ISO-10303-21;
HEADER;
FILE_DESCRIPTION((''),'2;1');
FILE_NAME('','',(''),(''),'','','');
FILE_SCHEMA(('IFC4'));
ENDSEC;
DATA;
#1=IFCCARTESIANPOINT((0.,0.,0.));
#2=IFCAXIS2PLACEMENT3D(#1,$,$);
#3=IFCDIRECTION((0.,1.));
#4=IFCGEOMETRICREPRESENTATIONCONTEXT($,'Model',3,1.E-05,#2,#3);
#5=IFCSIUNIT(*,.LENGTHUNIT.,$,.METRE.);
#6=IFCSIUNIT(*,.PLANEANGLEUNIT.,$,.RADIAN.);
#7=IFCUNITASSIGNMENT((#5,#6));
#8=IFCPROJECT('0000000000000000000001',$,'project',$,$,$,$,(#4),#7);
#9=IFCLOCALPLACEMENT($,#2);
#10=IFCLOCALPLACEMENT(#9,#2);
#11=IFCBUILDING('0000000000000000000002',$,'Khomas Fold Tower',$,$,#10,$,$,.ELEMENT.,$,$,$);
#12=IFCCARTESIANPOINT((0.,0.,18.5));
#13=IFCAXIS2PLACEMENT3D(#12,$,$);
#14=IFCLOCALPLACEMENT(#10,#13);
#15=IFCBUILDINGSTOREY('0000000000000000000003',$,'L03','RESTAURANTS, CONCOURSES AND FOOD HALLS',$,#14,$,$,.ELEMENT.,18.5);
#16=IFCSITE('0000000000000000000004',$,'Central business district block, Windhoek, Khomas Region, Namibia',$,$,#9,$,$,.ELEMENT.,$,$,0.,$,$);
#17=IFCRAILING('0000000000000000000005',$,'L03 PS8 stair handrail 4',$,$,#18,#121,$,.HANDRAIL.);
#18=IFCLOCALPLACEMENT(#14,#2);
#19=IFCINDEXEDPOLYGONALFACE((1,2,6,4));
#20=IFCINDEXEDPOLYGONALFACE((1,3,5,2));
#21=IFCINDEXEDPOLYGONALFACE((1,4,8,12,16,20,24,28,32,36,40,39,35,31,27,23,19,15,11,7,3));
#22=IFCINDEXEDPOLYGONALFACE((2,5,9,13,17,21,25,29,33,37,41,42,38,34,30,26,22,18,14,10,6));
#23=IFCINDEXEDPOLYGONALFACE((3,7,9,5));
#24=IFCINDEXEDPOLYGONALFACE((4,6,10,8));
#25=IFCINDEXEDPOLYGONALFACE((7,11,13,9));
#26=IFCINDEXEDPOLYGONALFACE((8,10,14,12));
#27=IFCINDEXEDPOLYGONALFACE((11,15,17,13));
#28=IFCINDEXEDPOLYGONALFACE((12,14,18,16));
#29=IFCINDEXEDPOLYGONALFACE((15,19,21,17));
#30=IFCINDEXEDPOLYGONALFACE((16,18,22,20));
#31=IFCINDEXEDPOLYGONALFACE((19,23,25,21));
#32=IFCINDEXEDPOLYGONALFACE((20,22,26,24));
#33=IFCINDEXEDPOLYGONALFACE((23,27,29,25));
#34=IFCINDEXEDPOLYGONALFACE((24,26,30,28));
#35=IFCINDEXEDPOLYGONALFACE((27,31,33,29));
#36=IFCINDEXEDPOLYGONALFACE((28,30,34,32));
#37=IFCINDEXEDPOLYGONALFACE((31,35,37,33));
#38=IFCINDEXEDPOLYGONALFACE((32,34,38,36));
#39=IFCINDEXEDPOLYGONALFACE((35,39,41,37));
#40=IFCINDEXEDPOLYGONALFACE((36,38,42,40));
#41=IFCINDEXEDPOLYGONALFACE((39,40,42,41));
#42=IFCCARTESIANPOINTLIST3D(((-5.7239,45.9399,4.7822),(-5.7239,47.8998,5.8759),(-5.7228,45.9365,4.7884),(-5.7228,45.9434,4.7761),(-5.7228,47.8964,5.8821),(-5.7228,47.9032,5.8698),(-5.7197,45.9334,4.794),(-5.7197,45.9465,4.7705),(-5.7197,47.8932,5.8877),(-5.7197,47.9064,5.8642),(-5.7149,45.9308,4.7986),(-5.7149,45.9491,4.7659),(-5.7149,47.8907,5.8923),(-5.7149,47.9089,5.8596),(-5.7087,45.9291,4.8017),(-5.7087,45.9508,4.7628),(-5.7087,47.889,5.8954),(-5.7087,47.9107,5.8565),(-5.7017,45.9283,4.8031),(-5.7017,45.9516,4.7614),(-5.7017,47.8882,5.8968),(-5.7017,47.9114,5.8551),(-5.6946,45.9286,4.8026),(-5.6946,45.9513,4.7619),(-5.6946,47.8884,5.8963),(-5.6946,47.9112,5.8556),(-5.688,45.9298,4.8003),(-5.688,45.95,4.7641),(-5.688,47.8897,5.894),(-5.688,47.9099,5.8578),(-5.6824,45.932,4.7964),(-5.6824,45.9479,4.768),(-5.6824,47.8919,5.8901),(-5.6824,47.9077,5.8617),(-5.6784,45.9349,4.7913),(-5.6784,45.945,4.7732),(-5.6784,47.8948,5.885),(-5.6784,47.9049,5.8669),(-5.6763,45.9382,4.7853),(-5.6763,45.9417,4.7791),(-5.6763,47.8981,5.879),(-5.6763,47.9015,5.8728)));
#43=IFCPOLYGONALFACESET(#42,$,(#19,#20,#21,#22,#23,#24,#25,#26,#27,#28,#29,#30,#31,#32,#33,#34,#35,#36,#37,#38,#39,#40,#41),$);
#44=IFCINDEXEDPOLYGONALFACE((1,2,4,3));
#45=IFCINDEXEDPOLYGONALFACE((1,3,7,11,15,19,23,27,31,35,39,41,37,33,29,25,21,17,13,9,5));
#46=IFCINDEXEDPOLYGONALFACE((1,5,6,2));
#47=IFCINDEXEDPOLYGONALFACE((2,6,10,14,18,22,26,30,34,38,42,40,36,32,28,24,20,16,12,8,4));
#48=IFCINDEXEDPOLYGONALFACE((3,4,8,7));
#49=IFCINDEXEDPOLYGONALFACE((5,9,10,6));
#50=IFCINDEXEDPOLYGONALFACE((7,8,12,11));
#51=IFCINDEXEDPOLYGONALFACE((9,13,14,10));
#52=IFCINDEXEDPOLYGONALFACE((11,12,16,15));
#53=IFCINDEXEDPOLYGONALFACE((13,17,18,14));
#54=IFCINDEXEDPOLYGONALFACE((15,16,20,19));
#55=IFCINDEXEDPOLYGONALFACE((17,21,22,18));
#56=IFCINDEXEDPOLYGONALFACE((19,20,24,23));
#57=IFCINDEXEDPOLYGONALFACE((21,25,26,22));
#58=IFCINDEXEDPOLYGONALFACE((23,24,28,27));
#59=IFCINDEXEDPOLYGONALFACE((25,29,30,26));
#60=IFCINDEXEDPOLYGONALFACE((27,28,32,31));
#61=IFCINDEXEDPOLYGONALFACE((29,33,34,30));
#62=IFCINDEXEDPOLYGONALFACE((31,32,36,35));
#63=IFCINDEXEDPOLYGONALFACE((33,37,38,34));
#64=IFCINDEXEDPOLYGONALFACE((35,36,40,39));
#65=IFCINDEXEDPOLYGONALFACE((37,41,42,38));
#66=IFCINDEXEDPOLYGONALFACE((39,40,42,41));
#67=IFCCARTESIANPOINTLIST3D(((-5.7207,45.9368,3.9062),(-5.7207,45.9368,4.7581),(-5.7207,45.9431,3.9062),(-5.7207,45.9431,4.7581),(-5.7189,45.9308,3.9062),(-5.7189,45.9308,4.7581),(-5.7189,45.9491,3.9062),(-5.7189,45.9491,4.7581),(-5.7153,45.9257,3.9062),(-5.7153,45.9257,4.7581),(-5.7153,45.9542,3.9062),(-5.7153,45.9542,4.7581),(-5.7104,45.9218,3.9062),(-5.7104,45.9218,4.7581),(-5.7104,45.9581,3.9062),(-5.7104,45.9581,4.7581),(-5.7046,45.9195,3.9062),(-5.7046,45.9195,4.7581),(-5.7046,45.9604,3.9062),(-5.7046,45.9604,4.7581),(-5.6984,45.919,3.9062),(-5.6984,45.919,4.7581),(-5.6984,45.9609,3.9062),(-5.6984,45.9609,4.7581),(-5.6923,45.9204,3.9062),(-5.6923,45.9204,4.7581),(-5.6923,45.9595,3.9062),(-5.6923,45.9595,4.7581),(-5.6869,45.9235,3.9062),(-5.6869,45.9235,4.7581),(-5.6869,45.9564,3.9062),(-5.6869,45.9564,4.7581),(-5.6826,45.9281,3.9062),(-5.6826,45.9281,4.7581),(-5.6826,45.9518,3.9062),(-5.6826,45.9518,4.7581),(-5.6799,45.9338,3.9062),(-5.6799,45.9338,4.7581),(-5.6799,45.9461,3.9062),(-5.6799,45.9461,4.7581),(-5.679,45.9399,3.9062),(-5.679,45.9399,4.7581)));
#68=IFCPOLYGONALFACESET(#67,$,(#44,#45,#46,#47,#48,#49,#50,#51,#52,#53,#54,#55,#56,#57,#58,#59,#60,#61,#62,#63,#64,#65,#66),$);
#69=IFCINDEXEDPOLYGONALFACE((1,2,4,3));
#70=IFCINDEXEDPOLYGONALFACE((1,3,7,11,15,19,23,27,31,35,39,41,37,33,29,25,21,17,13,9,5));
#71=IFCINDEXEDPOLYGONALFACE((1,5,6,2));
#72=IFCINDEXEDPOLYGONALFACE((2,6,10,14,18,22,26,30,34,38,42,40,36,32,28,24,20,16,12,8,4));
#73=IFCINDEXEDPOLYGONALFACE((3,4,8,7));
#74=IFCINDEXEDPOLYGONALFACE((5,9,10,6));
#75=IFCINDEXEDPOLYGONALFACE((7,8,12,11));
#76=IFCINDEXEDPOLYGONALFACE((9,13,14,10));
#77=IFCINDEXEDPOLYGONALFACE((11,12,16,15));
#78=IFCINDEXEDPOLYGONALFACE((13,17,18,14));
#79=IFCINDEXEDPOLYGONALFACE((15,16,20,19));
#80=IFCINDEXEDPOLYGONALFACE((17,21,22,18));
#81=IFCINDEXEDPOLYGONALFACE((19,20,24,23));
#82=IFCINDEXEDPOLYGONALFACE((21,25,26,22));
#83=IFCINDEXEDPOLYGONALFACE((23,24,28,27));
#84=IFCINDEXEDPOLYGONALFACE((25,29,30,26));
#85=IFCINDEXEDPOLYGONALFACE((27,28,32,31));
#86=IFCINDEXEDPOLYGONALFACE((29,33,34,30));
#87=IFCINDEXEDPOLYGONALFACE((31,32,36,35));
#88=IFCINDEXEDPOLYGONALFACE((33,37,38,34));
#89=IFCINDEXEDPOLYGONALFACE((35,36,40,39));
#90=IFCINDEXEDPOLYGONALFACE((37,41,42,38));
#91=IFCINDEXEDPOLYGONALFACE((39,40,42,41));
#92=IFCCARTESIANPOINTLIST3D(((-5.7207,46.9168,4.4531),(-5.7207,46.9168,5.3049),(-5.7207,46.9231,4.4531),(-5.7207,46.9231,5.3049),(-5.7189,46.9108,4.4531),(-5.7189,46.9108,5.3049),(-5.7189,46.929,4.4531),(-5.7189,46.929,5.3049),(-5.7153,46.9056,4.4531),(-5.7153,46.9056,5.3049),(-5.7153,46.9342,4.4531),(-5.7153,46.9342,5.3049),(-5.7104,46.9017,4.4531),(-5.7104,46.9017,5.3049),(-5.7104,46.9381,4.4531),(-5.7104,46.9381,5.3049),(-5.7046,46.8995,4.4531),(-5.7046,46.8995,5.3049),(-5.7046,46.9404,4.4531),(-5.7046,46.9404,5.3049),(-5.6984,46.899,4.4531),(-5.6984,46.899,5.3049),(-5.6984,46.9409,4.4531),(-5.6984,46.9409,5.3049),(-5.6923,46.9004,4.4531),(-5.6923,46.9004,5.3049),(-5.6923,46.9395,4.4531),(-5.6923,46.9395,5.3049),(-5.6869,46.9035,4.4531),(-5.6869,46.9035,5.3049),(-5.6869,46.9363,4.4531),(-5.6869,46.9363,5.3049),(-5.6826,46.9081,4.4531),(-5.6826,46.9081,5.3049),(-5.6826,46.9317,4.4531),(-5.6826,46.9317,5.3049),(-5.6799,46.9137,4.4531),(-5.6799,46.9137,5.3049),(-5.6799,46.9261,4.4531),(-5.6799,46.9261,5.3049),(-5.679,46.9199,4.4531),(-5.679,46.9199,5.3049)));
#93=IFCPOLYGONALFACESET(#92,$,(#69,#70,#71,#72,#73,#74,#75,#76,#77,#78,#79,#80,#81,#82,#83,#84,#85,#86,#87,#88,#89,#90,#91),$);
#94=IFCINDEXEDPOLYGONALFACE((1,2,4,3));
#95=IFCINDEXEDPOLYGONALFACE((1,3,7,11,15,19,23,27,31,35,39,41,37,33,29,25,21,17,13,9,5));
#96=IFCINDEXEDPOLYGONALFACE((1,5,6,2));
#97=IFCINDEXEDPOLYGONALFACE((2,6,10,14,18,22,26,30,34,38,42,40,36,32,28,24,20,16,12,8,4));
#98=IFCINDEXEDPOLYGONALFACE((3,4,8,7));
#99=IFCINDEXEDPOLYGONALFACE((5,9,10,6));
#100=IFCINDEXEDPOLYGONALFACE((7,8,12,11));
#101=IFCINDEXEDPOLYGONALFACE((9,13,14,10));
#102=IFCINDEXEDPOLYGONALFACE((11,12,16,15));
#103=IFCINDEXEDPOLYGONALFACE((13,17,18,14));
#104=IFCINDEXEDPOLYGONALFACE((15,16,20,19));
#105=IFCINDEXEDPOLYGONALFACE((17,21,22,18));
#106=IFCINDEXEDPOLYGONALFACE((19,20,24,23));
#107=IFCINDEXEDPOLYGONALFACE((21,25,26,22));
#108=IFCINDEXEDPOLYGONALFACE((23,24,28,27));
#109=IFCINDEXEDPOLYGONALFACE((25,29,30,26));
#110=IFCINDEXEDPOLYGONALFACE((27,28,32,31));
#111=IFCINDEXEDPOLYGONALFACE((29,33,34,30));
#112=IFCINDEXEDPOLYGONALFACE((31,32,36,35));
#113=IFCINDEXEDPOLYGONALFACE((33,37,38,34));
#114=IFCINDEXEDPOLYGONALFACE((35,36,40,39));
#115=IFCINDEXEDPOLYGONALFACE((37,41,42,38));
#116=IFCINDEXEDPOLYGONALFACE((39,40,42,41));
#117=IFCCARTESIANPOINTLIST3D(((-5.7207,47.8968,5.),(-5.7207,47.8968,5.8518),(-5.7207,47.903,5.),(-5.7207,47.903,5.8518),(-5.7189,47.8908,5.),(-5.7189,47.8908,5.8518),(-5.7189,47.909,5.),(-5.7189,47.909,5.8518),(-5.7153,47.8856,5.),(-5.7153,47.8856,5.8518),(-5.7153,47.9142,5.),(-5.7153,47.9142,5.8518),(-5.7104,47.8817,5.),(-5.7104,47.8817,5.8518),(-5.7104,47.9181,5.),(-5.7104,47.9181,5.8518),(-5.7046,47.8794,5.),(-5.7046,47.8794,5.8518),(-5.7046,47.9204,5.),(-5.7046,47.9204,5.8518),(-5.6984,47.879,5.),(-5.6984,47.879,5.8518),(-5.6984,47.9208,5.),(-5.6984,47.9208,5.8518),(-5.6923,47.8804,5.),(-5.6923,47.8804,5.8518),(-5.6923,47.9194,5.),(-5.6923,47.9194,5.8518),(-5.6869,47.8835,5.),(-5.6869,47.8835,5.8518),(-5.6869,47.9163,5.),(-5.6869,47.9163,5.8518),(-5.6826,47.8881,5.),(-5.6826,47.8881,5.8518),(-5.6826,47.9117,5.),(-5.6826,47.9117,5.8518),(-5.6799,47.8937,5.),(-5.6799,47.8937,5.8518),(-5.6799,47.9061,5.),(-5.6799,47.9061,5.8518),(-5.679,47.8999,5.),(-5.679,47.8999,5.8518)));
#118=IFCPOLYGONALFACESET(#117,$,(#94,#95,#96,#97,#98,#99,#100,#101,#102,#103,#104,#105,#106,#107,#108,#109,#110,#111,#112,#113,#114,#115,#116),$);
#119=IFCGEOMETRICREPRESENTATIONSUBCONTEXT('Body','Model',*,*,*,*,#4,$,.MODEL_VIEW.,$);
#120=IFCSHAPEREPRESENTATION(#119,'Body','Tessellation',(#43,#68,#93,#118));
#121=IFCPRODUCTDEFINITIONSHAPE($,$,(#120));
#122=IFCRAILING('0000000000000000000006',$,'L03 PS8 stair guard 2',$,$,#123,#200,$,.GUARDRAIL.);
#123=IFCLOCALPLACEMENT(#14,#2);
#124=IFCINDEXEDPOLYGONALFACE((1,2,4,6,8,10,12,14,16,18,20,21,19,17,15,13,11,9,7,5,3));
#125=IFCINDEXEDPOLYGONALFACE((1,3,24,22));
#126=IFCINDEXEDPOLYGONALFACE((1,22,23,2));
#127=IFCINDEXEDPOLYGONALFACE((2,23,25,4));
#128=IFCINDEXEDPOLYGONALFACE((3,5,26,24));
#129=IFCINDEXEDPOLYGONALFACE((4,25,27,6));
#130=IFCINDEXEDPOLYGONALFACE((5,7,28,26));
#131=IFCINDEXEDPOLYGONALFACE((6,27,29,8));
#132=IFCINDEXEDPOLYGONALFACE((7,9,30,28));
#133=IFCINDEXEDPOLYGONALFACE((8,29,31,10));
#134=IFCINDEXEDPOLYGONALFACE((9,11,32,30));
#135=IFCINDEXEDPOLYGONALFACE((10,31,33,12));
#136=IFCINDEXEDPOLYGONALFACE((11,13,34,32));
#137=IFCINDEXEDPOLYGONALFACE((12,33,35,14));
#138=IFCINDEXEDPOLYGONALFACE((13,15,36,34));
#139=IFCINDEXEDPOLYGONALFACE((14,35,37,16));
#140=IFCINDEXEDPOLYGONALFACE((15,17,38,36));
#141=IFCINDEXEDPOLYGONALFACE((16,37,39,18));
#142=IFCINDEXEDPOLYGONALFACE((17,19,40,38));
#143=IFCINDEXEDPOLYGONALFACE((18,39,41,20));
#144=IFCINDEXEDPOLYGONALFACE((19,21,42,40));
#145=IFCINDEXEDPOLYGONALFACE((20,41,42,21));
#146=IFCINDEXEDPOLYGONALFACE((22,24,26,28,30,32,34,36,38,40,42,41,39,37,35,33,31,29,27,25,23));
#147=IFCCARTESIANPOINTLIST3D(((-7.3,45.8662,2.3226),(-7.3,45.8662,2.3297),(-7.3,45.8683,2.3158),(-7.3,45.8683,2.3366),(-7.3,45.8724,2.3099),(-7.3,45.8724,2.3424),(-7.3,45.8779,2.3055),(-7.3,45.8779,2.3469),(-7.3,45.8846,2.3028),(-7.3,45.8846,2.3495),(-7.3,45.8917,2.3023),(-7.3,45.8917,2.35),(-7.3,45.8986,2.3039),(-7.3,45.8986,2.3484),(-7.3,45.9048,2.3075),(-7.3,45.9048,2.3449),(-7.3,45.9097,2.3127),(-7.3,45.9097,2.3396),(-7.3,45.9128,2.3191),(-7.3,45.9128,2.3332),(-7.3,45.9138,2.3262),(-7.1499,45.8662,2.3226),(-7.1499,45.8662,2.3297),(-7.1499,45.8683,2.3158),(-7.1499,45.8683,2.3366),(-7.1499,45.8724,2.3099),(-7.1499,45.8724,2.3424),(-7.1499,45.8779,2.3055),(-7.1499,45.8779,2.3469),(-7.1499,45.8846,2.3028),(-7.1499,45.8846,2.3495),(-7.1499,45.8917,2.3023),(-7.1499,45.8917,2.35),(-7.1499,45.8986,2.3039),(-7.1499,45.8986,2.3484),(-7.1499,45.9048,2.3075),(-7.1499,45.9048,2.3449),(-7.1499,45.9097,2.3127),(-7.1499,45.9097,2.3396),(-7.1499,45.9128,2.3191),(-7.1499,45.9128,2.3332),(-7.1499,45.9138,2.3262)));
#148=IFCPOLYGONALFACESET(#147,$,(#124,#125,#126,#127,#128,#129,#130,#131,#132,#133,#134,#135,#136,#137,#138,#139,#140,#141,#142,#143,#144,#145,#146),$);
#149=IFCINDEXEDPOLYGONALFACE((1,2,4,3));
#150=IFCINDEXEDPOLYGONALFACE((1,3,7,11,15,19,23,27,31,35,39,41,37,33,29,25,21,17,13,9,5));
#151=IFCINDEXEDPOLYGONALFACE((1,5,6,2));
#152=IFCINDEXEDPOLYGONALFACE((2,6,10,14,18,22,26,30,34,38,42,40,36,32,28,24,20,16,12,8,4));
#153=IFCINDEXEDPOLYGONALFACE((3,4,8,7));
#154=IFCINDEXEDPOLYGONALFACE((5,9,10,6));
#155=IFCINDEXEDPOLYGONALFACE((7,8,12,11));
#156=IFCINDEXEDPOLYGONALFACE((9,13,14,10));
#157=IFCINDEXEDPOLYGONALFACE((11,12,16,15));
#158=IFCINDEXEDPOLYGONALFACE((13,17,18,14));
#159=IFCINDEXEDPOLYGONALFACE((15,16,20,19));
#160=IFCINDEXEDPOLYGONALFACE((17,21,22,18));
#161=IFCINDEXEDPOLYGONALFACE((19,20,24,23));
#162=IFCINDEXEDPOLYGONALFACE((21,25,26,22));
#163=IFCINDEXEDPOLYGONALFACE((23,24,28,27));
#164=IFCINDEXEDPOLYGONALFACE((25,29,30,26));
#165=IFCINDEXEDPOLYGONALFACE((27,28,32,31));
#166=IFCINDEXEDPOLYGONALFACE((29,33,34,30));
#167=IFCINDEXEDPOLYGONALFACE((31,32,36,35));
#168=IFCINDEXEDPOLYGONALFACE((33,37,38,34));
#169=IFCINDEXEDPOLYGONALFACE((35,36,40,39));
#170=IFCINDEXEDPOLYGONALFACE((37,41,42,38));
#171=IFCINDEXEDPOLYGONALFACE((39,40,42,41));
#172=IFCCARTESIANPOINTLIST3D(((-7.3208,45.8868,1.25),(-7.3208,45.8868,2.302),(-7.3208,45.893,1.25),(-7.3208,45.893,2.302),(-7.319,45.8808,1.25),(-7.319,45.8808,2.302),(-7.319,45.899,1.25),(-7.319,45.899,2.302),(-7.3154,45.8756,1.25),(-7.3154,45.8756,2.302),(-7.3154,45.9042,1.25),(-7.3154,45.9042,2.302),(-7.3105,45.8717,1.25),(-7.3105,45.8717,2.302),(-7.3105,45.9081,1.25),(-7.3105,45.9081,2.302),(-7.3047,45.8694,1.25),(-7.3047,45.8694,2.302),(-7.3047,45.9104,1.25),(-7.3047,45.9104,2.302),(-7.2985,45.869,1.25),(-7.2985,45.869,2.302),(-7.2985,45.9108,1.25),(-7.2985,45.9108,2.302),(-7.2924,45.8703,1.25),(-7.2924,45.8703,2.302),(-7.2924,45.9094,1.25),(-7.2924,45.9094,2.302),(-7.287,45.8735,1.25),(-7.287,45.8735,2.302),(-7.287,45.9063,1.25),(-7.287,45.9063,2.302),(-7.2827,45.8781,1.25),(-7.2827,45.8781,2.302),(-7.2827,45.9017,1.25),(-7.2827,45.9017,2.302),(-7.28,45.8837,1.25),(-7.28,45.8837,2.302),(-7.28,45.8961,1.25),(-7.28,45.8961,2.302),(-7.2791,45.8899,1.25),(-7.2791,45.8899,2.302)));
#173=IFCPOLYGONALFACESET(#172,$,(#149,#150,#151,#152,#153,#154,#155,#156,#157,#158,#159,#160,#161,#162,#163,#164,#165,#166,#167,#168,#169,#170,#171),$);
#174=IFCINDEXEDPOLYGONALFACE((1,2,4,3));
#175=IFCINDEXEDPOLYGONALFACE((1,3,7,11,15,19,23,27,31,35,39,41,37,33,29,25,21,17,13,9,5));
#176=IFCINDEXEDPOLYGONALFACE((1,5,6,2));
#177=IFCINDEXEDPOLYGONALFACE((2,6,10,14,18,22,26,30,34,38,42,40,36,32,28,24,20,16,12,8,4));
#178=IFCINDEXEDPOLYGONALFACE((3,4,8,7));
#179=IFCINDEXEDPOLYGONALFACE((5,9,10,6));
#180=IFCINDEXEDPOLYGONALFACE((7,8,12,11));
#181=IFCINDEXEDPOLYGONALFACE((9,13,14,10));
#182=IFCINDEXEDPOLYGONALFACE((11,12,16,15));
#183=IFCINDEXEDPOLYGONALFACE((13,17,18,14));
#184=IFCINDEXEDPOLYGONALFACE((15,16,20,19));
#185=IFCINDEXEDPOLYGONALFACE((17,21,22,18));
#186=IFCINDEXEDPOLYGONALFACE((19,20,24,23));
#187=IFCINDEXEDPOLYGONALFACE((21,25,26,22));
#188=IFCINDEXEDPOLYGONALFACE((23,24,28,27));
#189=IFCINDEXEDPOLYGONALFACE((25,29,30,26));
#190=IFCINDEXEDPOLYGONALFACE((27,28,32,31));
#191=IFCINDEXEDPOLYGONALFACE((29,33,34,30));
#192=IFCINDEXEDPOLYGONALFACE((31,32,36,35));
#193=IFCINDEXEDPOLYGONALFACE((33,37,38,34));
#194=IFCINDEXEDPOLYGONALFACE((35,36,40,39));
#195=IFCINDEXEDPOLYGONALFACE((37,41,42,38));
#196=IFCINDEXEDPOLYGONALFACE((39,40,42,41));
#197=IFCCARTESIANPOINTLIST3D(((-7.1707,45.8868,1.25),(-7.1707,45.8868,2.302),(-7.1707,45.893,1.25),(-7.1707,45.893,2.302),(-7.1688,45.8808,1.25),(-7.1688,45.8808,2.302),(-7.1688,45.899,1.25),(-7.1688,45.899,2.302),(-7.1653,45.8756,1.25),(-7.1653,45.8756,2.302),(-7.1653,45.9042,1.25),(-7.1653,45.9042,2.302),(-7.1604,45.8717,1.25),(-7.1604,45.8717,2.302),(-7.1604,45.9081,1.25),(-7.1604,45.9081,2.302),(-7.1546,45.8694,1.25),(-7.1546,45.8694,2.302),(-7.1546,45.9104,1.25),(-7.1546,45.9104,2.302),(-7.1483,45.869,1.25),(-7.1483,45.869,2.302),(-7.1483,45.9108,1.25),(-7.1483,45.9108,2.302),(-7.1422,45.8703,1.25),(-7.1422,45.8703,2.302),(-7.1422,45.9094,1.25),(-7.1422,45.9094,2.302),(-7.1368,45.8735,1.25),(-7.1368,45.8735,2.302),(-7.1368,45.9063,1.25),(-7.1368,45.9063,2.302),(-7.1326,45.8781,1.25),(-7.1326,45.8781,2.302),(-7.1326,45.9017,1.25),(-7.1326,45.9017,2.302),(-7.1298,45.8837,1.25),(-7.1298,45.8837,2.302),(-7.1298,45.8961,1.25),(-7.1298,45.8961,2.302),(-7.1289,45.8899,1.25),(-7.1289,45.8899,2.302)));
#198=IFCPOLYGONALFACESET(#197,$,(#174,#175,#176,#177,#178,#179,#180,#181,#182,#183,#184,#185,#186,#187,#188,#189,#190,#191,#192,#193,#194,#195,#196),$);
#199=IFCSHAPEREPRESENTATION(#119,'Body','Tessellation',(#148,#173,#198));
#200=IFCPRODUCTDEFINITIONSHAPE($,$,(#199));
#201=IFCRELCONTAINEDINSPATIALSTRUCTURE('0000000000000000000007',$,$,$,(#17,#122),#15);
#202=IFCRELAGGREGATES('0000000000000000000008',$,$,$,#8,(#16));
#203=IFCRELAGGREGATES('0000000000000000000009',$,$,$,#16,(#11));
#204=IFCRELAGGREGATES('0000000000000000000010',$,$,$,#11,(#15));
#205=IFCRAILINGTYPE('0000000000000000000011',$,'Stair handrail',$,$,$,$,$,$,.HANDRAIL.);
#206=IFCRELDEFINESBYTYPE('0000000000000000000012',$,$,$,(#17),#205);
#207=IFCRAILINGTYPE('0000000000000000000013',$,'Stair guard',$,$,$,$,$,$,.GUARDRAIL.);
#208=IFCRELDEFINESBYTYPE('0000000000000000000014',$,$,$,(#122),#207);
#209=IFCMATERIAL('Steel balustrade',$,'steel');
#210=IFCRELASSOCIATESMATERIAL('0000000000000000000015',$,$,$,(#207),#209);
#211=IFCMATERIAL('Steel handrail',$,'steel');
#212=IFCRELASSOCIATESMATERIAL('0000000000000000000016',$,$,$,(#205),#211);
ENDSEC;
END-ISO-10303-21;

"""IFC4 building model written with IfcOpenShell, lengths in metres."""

from ifc_helpers import new_model, si_unit, direction, frame, origin, origin_2d, place, context, subcontext, project, spatial, circle, extrude, source, transform, mapped, material, type_object, element, save


model = new_model("IFC4")

# Units and contexts
model_context = context("Model", 3, precision=1e-05, world=origin(), true_north=direction((0.0, 1.0)))
body_context = subcontext(model_context, "Body", "Model", "MODEL_VIEW")
ifc_project = project(units=[si_unit("LENGTHUNIT", "METRE"), si_unit("PLANEANGLEUNIT", "RADIAN")], contexts=[model_context])

# Site, building, storey
site_placement = place(None, origin())
site = spatial("IfcSite", under=ifc_project, at=site_placement, Name="Central business district block, Windhoek, Khomas Region, Namibia", CompositionType="ELEMENT", RefElevation=0.0)
building_placement = place(site_placement, origin())
building = spatial("IfcBuilding", under=site, at=building_placement, Name="Khomas Fold Tower", CompositionType="ELEMENT")
storey_placement = place(building_placement, frame((0.0, 0.0, 18.5)))
storey = spatial("IfcBuildingStorey", under=building, at=storey_placement, Name="L03", Description="RESTAURANTS, CONCOURSES AND FOOD HALLS", CompositionType="ELEMENT", Elevation=18.5)

# Railings
ifc_material_1 = material(Name="Steel balustrade", Category="steel")
railing_type_1 = type_object("IfcRailingType", Name="Stair guard", PredefinedType="GUARDRAIL", material=ifc_material_1)
ifc_material_2 = material(Name="Steel handrail", Category="steel")
railing_type_2 = type_object("IfcRailingType", Name="Stair handrail", PredefinedType="HANDRAIL", material=ifc_material_2)
shared_shape_1 = source(origin(), body_context, "Body", "SweptSolid", [
    extrude(circle(Radius=0.0239, at=origin_2d()), frame((0.0, 0.0, 0.876), z_axis=(0.0, 0.873232, 0.487304), x_axis=(-1.0, 0.0, 0.0)), (0.0, 0.0, 1.0), 2.2444),
    extrude(circle(Radius=0.021, at=origin_2d()), origin(), (0.0, 0.0, 1.0), 0.8518),
    extrude(circle(Radius=0.021, at=origin_2d()), frame((0.0, 0.98, 0.5469)), (0.0, 0.0, 1.0), 0.8518),
    extrude(circle(Radius=0.021, at=origin_2d()), frame((0.0, 1.96, 1.0938)), (0.0, 0.0, 1.0), 0.8518),
])
for number, where, name in (
    (1, (-5.7, 45.9399, 3.9062), "L03 PS8 stair handrail 4"),
):
    element("IfcRailing", number, at=place(storey_placement, frame(where)), inside=storey, type_object=railing_type_2, Name=name, PredefinedType="HANDRAIL", context=body_context, shape_type="MappedRepresentation", body=[
        mapped(shared_shape_1, transform((0.0, 0.0, 0.0))),
    ])
shared_shape_2 = source(origin(), body_context, "Body", "SweptSolid", [
    extrude(circle(Radius=0.0239, at=origin_2d()), frame((0.0, 0.0, 1.0762), z_axis=(1.0, 0.0, 0.0), x_axis=(0.0, 1.0, 0.0)), (0.0, 0.0, 1.0), 0.1501),
    extrude(circle(Radius=0.021, at=origin_2d()), origin(), (0.0, 0.0, 1.0), 1.052),
    extrude(circle(Radius=0.021, at=origin_2d()), frame((0.1501, 0.0, 0.0)), (0.0, 0.0, 1.0), 1.052),
])
for number, where, name in (
    (2, (-7.3, 45.8899, 1.25), "L03 PS8 stair guard 2"),
):
    element("IfcRailing", number, at=place(storey_placement, frame(where)), inside=storey, type_object=railing_type_1, Name=name, PredefinedType="GUARDRAIL", context=body_context, shape_type="MappedRepresentation", body=[
        mapped(shared_shape_2, transform((0.0, 0.0, 0.0))),
    ])

save(model, "model.ifc")
